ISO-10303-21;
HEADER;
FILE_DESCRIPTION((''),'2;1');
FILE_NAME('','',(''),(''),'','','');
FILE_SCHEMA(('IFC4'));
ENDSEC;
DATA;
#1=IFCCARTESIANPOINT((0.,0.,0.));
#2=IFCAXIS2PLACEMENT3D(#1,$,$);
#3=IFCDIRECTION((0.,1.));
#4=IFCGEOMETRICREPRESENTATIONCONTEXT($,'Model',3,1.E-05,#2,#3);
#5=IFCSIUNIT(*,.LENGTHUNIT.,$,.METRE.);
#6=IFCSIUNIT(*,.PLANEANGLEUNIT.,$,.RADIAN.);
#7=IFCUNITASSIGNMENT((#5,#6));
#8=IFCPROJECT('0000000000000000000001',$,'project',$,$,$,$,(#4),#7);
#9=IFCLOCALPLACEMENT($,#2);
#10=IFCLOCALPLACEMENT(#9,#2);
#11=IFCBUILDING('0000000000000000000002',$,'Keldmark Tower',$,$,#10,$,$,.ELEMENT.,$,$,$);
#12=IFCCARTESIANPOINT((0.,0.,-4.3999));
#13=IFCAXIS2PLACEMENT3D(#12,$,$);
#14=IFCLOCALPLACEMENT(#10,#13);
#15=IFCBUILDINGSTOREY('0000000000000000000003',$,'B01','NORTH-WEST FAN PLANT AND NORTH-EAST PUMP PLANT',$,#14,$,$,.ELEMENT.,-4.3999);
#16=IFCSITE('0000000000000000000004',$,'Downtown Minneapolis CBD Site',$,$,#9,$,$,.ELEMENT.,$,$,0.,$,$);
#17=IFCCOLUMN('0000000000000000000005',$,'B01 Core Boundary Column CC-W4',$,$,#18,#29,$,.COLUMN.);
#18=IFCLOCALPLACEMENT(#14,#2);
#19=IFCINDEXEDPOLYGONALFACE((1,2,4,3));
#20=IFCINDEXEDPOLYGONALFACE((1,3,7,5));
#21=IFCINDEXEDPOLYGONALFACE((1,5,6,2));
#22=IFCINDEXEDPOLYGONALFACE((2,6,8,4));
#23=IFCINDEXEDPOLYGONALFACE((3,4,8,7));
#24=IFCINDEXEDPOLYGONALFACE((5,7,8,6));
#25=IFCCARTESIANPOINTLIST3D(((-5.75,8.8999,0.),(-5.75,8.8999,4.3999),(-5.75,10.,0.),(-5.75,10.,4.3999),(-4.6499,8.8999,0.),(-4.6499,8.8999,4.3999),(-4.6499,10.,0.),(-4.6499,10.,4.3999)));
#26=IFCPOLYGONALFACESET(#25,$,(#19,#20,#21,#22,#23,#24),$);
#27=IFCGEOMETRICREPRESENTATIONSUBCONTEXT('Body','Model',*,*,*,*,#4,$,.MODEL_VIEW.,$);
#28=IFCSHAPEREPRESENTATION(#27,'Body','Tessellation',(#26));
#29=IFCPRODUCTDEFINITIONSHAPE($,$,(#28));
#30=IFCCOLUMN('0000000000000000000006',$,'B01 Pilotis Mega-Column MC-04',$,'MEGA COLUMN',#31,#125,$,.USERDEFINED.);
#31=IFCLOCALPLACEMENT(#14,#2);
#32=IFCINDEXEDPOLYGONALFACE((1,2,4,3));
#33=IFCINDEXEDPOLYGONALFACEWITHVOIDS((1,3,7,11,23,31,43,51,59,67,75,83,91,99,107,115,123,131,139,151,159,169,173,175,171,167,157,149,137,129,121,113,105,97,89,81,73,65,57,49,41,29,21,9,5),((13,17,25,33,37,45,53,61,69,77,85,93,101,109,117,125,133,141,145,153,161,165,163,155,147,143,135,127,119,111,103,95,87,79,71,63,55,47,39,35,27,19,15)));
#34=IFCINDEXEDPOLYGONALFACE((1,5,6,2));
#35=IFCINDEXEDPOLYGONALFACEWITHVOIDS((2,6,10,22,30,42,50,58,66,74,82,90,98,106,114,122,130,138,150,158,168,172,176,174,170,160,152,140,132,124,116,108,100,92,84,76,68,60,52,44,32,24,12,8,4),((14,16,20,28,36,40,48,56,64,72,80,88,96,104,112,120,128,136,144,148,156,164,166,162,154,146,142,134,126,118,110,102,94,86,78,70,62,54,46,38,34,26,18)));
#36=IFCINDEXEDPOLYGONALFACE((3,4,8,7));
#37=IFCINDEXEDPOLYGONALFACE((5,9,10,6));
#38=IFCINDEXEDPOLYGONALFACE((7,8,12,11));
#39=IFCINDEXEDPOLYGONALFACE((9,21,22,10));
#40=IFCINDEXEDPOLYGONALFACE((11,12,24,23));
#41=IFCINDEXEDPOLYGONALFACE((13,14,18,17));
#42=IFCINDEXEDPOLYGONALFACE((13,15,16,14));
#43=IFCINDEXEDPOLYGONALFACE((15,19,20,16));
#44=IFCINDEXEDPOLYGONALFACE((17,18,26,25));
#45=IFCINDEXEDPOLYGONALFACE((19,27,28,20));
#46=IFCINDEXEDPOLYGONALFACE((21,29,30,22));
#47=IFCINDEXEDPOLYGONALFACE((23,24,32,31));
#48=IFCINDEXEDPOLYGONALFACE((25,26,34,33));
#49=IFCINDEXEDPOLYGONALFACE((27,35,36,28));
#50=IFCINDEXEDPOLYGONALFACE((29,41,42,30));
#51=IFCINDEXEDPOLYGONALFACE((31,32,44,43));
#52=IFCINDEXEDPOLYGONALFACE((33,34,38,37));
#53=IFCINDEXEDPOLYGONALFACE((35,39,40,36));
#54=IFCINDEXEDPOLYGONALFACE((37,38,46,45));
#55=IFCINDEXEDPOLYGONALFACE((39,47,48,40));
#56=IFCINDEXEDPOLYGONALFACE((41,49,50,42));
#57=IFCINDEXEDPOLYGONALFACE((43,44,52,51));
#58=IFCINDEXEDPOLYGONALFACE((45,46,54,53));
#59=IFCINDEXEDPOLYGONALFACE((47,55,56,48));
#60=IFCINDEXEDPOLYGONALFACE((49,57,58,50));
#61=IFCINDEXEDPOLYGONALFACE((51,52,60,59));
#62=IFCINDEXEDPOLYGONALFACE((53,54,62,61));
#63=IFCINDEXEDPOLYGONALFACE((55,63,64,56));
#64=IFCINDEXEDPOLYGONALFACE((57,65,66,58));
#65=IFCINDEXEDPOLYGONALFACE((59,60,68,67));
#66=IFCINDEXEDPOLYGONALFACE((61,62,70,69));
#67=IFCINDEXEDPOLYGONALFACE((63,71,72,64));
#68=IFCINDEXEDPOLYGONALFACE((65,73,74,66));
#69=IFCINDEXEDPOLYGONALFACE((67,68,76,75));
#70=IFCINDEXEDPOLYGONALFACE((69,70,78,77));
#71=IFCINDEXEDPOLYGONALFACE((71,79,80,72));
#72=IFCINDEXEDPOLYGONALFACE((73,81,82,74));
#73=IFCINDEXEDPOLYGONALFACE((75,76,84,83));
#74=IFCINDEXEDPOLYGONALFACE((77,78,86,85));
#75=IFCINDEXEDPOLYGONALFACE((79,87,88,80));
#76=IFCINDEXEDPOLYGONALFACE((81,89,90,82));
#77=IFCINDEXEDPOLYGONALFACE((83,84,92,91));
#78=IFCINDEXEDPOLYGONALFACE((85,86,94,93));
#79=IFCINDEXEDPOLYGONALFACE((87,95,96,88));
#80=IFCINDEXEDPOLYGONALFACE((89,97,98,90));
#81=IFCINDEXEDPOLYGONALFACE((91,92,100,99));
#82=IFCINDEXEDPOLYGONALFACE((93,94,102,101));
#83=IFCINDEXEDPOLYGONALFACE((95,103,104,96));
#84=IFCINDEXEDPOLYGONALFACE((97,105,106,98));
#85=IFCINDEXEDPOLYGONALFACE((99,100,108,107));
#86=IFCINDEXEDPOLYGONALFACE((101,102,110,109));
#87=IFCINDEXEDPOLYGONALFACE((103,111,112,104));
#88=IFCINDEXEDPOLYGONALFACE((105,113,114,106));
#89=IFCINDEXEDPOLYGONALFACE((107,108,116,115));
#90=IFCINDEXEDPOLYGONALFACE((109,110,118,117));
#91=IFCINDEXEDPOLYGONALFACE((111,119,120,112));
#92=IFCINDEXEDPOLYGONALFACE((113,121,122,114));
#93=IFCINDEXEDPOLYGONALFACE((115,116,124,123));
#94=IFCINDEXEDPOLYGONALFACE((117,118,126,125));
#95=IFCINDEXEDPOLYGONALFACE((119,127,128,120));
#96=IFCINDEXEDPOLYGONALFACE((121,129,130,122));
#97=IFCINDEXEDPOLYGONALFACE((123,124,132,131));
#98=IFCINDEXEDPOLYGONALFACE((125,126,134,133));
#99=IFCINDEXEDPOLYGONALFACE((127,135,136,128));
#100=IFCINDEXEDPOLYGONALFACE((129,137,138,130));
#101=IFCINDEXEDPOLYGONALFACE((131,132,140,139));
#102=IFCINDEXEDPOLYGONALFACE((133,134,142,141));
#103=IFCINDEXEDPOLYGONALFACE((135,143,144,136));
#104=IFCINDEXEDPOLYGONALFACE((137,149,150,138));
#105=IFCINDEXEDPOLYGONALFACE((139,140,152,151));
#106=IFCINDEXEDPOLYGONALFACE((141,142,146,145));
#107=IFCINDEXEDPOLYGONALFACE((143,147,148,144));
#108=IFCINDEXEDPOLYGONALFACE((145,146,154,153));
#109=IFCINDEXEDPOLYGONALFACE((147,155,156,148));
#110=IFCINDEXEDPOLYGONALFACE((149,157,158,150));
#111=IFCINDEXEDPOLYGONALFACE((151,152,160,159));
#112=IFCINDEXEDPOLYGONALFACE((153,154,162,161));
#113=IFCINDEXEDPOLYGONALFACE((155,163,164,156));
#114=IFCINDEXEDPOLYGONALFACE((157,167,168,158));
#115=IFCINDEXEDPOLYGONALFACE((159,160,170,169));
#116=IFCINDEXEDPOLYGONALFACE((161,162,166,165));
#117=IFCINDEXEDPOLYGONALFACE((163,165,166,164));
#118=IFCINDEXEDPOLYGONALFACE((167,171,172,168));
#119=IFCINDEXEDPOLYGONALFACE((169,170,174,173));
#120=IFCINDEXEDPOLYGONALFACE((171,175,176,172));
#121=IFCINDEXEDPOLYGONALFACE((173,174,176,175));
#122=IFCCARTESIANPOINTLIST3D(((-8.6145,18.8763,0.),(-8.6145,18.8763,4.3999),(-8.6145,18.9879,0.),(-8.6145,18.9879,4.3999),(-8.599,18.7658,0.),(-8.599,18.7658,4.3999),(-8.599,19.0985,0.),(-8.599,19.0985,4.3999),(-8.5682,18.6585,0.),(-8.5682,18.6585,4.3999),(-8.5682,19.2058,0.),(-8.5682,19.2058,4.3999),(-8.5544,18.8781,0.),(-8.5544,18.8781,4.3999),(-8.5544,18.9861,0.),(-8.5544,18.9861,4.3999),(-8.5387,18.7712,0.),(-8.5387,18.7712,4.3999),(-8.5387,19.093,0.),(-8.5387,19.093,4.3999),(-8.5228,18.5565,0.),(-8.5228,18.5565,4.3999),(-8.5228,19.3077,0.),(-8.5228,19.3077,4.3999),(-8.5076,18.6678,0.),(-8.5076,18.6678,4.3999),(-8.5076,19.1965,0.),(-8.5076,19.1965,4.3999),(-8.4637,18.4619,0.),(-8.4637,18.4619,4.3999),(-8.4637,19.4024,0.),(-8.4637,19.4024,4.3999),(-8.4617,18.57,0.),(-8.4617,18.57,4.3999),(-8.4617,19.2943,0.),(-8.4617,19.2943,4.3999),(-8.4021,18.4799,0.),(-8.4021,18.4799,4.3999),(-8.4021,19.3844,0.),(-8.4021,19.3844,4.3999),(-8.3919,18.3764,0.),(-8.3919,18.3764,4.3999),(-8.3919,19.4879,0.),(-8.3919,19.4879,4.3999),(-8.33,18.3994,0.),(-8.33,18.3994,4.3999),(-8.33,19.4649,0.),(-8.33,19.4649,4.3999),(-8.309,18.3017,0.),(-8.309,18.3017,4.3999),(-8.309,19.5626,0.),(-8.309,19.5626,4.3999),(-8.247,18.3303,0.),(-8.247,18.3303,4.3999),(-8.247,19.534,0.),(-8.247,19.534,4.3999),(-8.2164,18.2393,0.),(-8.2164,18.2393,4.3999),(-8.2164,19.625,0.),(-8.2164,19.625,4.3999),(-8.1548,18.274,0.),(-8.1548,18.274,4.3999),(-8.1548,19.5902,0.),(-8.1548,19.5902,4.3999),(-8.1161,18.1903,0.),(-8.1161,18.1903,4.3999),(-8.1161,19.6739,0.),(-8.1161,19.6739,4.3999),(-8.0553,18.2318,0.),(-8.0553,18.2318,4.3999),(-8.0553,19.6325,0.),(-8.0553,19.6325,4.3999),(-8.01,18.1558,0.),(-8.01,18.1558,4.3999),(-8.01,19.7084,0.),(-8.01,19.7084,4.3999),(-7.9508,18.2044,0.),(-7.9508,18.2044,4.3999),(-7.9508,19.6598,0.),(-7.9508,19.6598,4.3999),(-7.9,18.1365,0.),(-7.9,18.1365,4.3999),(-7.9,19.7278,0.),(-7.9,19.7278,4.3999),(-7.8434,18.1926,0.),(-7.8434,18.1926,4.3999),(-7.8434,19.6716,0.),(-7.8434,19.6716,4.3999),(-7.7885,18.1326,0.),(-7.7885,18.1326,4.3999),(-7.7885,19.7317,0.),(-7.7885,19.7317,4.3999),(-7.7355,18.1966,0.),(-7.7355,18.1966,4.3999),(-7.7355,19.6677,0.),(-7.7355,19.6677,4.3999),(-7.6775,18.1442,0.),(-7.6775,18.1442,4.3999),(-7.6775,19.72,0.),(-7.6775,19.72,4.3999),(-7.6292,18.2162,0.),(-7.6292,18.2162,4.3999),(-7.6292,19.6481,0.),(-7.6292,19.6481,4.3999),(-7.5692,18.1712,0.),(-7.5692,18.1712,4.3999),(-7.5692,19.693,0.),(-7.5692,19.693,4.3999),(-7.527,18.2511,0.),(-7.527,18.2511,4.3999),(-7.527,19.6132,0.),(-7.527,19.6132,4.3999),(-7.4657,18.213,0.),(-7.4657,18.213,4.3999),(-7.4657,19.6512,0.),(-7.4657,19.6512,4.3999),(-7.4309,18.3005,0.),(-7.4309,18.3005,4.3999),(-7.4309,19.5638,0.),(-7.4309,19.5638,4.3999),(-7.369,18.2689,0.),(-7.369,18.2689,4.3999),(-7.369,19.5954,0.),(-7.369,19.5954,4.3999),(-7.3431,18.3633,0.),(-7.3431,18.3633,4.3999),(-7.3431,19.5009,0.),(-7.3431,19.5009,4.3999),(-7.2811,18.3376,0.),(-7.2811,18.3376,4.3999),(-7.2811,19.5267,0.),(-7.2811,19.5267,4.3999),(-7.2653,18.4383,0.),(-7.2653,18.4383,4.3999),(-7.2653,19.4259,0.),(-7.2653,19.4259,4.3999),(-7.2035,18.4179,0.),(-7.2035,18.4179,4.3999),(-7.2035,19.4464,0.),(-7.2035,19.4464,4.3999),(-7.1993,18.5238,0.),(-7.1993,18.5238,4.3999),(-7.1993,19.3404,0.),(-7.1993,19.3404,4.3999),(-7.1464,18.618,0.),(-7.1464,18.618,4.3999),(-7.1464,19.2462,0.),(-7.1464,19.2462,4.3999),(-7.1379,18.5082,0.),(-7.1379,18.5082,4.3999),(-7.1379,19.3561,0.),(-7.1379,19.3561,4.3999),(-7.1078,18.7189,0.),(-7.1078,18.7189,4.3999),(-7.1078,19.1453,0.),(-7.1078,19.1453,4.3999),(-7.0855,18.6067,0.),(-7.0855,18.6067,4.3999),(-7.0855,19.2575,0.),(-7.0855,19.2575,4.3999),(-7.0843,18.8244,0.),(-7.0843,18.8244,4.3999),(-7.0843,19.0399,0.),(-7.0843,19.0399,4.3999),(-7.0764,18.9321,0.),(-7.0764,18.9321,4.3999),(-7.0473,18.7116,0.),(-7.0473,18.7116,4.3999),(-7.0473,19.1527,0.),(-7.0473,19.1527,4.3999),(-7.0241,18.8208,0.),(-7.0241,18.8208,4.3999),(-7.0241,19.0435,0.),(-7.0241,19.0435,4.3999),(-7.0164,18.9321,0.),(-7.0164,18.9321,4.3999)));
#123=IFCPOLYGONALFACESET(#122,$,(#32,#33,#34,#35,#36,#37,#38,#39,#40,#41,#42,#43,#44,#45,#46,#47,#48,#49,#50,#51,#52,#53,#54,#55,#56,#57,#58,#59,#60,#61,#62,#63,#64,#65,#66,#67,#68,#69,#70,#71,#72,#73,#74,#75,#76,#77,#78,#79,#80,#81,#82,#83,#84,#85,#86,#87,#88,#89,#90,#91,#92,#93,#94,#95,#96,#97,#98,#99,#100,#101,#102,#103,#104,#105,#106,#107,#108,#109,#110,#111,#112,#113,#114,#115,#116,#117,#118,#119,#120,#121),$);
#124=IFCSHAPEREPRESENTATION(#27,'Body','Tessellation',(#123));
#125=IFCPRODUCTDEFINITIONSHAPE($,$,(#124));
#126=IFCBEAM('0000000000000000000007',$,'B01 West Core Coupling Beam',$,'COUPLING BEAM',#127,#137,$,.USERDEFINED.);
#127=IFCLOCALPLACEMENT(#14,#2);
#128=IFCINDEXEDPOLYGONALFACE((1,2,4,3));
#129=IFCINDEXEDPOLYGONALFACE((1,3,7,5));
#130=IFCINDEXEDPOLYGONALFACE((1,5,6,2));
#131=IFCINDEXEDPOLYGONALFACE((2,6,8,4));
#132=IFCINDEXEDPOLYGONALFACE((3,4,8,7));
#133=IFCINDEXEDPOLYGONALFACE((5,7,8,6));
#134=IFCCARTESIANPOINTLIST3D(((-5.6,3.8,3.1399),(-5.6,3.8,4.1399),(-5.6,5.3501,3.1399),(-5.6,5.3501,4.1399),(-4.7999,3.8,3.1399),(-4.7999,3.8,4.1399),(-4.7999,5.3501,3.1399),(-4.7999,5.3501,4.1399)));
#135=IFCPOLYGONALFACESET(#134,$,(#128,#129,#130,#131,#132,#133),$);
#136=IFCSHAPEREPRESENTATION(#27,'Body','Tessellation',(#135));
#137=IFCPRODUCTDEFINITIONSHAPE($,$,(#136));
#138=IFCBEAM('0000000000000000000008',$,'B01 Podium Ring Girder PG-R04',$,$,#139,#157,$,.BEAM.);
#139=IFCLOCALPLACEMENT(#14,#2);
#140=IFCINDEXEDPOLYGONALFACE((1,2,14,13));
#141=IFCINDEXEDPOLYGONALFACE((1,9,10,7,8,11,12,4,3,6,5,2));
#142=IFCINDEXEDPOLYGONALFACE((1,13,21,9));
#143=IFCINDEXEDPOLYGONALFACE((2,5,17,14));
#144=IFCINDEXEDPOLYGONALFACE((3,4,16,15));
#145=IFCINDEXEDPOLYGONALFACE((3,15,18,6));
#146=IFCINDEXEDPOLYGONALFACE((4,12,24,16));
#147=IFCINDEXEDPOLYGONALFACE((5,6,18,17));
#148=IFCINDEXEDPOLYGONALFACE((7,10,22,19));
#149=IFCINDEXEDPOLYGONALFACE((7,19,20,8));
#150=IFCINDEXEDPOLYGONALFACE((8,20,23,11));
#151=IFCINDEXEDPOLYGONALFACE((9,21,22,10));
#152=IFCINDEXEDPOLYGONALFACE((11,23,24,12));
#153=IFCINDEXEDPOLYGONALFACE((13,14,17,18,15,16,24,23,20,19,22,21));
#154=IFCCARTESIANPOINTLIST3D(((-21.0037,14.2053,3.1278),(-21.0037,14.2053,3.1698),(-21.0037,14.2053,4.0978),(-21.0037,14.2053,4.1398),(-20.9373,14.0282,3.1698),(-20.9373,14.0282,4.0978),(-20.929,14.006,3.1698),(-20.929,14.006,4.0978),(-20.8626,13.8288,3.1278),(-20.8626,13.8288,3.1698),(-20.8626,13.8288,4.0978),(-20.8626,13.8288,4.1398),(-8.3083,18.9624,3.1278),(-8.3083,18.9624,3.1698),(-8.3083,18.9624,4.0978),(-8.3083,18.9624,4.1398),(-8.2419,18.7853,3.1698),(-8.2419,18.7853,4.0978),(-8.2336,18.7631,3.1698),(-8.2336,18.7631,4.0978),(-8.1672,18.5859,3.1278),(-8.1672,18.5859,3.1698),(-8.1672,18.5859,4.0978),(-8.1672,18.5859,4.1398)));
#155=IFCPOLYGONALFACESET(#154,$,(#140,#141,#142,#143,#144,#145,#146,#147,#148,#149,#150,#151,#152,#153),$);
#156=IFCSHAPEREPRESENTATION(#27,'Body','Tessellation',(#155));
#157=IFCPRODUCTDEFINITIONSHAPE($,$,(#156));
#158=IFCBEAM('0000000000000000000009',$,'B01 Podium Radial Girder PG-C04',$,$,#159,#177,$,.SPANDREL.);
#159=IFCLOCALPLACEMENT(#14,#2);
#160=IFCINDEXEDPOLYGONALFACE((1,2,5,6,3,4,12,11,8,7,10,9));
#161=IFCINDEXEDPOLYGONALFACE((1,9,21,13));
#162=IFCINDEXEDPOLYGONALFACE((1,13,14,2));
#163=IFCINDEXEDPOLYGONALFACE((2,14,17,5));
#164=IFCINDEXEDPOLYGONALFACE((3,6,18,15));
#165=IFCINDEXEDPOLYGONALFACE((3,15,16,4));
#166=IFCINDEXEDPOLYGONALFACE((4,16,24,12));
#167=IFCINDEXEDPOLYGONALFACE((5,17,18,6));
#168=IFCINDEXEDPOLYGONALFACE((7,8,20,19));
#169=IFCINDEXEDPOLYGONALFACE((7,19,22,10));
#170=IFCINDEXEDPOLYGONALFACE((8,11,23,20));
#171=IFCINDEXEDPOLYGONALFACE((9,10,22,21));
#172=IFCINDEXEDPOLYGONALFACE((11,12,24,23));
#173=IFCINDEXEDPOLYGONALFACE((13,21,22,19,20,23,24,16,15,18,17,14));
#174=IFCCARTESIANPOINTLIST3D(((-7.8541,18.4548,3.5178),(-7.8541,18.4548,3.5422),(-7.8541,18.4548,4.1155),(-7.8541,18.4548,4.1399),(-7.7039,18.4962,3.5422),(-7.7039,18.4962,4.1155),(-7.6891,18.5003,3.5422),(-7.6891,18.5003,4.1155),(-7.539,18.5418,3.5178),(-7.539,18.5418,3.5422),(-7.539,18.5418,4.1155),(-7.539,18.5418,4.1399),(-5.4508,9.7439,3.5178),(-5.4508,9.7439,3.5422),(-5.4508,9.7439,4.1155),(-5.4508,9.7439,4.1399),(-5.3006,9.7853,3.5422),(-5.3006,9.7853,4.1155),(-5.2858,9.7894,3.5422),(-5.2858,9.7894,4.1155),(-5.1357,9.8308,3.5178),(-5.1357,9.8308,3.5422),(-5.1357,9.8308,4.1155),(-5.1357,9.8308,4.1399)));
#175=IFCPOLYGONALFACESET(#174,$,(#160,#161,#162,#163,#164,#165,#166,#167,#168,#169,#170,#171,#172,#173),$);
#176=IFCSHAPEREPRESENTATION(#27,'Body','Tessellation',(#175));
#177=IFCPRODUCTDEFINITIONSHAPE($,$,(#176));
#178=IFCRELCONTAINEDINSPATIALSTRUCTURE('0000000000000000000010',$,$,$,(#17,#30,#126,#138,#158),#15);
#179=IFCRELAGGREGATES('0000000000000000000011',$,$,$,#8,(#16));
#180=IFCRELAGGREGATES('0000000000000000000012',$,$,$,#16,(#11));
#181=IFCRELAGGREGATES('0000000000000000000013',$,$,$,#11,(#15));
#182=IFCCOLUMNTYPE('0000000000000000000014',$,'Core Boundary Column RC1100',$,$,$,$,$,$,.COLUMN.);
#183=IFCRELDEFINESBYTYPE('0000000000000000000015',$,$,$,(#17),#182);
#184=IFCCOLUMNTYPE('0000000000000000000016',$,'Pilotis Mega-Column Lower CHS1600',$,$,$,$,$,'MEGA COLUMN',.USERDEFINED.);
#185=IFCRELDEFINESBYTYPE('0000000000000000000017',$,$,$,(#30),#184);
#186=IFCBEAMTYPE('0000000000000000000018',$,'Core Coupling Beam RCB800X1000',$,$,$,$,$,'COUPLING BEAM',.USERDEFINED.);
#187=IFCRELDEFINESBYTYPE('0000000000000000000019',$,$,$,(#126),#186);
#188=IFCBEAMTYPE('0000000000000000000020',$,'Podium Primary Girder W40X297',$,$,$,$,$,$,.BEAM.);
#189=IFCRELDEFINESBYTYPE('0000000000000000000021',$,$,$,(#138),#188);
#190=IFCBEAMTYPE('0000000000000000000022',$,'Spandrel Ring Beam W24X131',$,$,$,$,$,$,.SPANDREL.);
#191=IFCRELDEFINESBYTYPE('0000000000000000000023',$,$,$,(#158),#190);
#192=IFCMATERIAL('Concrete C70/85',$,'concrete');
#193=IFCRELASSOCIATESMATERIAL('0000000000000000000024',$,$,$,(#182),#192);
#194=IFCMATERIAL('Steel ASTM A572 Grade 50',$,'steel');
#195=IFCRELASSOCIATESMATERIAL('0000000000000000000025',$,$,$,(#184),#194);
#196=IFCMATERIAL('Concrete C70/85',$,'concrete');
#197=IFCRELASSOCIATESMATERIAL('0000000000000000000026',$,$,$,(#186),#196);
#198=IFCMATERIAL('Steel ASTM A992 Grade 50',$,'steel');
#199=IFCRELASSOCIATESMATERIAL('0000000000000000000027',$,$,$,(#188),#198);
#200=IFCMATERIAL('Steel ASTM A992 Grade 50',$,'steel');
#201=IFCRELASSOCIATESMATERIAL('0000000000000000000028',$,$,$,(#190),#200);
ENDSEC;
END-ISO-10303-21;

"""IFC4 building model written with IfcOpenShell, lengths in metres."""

from ifc_helpers import new_model, si_unit, direction, frame, origin, origin_2d, place, context, subcontext, project, spatial, rectangle, hollow_circle, i_section, extrude, material, material_profile, profile_set, type_object, element, save


model = new_model("IFC4")

# Units and contexts
model_context = context("Model", 3, precision=1e-05, world=origin(), true_north=direction((0.0, 1.0)))
body_context = subcontext(model_context, "Body", "Model", "MODEL_VIEW")
ifc_project = project(units=[si_unit("LENGTHUNIT", "METRE"), si_unit("PLANEANGLEUNIT", "RADIAN")], contexts=[model_context])

# Site, building, storey
site_placement = place(None, origin())
site = spatial("IfcSite", under=ifc_project, at=site_placement, Name="Downtown Minneapolis CBD Site", CompositionType="ELEMENT", RefElevation=0.0)
building_placement = place(site_placement, origin())
building = spatial("IfcBuilding", under=site, at=building_placement, Name="Keldmark Tower", CompositionType="ELEMENT")
storey_placement = place(building_placement, frame((0.0, 0.0, -4.3999)))
storey = spatial("IfcBuildingStorey", under=building, at=storey_placement, Name="B01", Description="NORTH-WEST FAN PLANT AND NORTH-EAST PUMP PLANT", CompositionType="ELEMENT", Elevation=-4.3999)

# Columns
ifc_material_1 = material(Name="Concrete C70/85", Category="concrete")
ifc_material_profile_1 = material_profile(ifc_material_1, rectangle(XDim=1.1001, YDim=1.1001, at=origin_2d()), Name="RC1100X1100")
ifc_profile_set_1 = profile_set([ifc_material_profile_1], Name="Concrete C70/85")
column_type_1 = type_object("IfcColumnType", Name="Core Boundary Column RC1100", PredefinedType="COLUMN", material=ifc_profile_set_1)
column_1_placement = place(storey_placement, frame((-5.2, 9.45, 0.0), z_axis=(0.0, 0.0, 1.0), x_axis=(1.0, 0.0, 0.0)))
element("IfcColumn", 1, at=column_1_placement, inside=storey, type_object=column_type_1, Name="B01 Core Boundary Column CC-W4", PredefinedType="COLUMN", context=body_context, shape_type="SweptSolid", body=[
    extrude(rectangle(XDim=1.1001, YDim=1.1001, at=origin_2d()), origin(), (0.0, 0.0, 1.0), 4.3999),
])
ifc_material_2 = material(Name="Steel ASTM A572 Grade 50", Category="steel")
ifc_material_profile_2 = material_profile(ifc_material_2, hollow_circle(Radius=0.8, WallThickness=0.0601, at=origin_2d()), Name="CHS1600X60")
ifc_profile_set_2 = profile_set([ifc_material_profile_2], Name="Steel ASTM A572 Grade 50")
column_type_2 = type_object("IfcColumnType", Name="Pilotis Mega-Column Lower CHS1600", ElementType="MEGA COLUMN", PredefinedType="USERDEFINED", material=ifc_profile_set_2)
column_2_placement = place(storey_placement, frame((-7.8164, 18.9321, 0.0), z_axis=(0.0, 0.0, 1.0), x_axis=(1.0, 0.0, 0.0)))
element("IfcColumn", 2, at=column_2_placement, inside=storey, type_object=column_type_2, Name="B01 Pilotis Mega-Column MC-04", ObjectType="MEGA COLUMN", PredefinedType="USERDEFINED", context=body_context, shape_type="SweptSolid", body=[
    extrude(hollow_circle(Radius=0.8, WallThickness=0.0601, at=origin_2d()), origin(), (0.0, 0.0, 1.0), 4.3999),
])

# Beams
ifc_material_3 = material(Name="Concrete C70/85", Category="concrete")
ifc_material_profile_3 = material_profile(ifc_material_3, rectangle(XDim=0.8, YDim=1.0, at=origin_2d()), Name="RCB800X1000")
ifc_profile_set_3 = profile_set([ifc_material_profile_3], Name="Concrete C70/85")
beam_type_1 = type_object("IfcBeamType", Name="Core Coupling Beam RCB800X1000", ElementType="COUPLING BEAM", PredefinedType="USERDEFINED", material=ifc_profile_set_3)
beam_1_placement = place(storey_placement, frame((-5.2, 3.8, 3.6399), z_axis=(0.0, 1.0, 0.0), x_axis=(-1.0, 0.0, 0.0)))
element("IfcBeam", 3, at=beam_1_placement, inside=storey, type_object=beam_type_1, Name="B01 West Core Coupling Beam", ObjectType="COUPLING BEAM", PredefinedType="USERDEFINED", context=body_context, shape_type="SweptSolid", body=[
    extrude(rectangle(XDim=0.8, YDim=1.0, at=origin_2d()), origin(), (0.0, 0.0, 1.0), 1.55),
])
ifc_material_4 = material(Name="Steel ASTM A992 Grade 50", Category="steel")
ifc_material_profile_4 = material_profile(ifc_material_4, i_section(OverallWidth=0.4021, OverallDepth=1.012, WebThickness=0.0237, FlangeThickness=0.042, at=origin_2d()), Name="W40X297")
ifc_profile_set_4 = profile_set([ifc_material_profile_4], Name="Steel ASTM A992 Grade 50")
beam_type_2 = type_object("IfcBeamType", Name="Podium Primary Girder W40X297", PredefinedType="BEAM", material=ifc_profile_set_4)
beam_2_placement = place(storey_placement, frame((-8.2378, 18.7742, 3.6338), z_axis=(-0.936418, -0.350887, 0.0), x_axis=(0.350887, -0.936418, 0.0)))
element("IfcBeam", 4, at=beam_2_placement, inside=storey, type_object=beam_type_2, Name="B01 Podium Ring Girder PG-R04", PredefinedType="BEAM", context=body_context, shape_type="SweptSolid", body=[
    extrude(i_section(OverallWidth=0.4021, OverallDepth=1.012, WebThickness=0.0237, FlangeThickness=0.042, at=origin_2d()), origin(), (0.0, 0.0, 1.0), 13.5574),
])
ifc_material_5 = material(Name="Steel ASTM A992 Grade 50", Category="steel")
ifc_material_profile_5 = material_profile(ifc_material_5, i_section(OverallWidth=0.3269, OverallDepth=0.6221, WebThickness=0.0154, FlangeThickness=0.0244, at=origin_2d()), Name="W24X131")
ifc_profile_set_5 = profile_set([ifc_material_profile_5], Name="Steel ASTM A992 Grade 50")
beam_type_3 = type_object("IfcBeamType", Name="Spandrel Ring Beam W24X131", PredefinedType="SPANDREL", material=ifc_profile_set_5)
beam_3_placement = place(storey_placement, frame((-7.6965, 18.4983, 3.8289), z_axis=(0.26596, -0.963984, 0.0), x_axis=(0.963984, 0.26596, 0.0)))
element("IfcBeam", 5, at=beam_3_placement, inside=storey, type_object=beam_type_3, Name="B01 Podium Radial Girder PG-C04", PredefinedType="SPANDREL", context=body_context, shape_type="SweptSolid", body=[
    extrude(i_section(OverallWidth=0.3269, OverallDepth=0.6221, WebThickness=0.0154, FlangeThickness=0.0244, at=origin_2d()), origin(), (0.0, 0.0, 1.0), 9.0364),
])

save(model, "model.ifc")
